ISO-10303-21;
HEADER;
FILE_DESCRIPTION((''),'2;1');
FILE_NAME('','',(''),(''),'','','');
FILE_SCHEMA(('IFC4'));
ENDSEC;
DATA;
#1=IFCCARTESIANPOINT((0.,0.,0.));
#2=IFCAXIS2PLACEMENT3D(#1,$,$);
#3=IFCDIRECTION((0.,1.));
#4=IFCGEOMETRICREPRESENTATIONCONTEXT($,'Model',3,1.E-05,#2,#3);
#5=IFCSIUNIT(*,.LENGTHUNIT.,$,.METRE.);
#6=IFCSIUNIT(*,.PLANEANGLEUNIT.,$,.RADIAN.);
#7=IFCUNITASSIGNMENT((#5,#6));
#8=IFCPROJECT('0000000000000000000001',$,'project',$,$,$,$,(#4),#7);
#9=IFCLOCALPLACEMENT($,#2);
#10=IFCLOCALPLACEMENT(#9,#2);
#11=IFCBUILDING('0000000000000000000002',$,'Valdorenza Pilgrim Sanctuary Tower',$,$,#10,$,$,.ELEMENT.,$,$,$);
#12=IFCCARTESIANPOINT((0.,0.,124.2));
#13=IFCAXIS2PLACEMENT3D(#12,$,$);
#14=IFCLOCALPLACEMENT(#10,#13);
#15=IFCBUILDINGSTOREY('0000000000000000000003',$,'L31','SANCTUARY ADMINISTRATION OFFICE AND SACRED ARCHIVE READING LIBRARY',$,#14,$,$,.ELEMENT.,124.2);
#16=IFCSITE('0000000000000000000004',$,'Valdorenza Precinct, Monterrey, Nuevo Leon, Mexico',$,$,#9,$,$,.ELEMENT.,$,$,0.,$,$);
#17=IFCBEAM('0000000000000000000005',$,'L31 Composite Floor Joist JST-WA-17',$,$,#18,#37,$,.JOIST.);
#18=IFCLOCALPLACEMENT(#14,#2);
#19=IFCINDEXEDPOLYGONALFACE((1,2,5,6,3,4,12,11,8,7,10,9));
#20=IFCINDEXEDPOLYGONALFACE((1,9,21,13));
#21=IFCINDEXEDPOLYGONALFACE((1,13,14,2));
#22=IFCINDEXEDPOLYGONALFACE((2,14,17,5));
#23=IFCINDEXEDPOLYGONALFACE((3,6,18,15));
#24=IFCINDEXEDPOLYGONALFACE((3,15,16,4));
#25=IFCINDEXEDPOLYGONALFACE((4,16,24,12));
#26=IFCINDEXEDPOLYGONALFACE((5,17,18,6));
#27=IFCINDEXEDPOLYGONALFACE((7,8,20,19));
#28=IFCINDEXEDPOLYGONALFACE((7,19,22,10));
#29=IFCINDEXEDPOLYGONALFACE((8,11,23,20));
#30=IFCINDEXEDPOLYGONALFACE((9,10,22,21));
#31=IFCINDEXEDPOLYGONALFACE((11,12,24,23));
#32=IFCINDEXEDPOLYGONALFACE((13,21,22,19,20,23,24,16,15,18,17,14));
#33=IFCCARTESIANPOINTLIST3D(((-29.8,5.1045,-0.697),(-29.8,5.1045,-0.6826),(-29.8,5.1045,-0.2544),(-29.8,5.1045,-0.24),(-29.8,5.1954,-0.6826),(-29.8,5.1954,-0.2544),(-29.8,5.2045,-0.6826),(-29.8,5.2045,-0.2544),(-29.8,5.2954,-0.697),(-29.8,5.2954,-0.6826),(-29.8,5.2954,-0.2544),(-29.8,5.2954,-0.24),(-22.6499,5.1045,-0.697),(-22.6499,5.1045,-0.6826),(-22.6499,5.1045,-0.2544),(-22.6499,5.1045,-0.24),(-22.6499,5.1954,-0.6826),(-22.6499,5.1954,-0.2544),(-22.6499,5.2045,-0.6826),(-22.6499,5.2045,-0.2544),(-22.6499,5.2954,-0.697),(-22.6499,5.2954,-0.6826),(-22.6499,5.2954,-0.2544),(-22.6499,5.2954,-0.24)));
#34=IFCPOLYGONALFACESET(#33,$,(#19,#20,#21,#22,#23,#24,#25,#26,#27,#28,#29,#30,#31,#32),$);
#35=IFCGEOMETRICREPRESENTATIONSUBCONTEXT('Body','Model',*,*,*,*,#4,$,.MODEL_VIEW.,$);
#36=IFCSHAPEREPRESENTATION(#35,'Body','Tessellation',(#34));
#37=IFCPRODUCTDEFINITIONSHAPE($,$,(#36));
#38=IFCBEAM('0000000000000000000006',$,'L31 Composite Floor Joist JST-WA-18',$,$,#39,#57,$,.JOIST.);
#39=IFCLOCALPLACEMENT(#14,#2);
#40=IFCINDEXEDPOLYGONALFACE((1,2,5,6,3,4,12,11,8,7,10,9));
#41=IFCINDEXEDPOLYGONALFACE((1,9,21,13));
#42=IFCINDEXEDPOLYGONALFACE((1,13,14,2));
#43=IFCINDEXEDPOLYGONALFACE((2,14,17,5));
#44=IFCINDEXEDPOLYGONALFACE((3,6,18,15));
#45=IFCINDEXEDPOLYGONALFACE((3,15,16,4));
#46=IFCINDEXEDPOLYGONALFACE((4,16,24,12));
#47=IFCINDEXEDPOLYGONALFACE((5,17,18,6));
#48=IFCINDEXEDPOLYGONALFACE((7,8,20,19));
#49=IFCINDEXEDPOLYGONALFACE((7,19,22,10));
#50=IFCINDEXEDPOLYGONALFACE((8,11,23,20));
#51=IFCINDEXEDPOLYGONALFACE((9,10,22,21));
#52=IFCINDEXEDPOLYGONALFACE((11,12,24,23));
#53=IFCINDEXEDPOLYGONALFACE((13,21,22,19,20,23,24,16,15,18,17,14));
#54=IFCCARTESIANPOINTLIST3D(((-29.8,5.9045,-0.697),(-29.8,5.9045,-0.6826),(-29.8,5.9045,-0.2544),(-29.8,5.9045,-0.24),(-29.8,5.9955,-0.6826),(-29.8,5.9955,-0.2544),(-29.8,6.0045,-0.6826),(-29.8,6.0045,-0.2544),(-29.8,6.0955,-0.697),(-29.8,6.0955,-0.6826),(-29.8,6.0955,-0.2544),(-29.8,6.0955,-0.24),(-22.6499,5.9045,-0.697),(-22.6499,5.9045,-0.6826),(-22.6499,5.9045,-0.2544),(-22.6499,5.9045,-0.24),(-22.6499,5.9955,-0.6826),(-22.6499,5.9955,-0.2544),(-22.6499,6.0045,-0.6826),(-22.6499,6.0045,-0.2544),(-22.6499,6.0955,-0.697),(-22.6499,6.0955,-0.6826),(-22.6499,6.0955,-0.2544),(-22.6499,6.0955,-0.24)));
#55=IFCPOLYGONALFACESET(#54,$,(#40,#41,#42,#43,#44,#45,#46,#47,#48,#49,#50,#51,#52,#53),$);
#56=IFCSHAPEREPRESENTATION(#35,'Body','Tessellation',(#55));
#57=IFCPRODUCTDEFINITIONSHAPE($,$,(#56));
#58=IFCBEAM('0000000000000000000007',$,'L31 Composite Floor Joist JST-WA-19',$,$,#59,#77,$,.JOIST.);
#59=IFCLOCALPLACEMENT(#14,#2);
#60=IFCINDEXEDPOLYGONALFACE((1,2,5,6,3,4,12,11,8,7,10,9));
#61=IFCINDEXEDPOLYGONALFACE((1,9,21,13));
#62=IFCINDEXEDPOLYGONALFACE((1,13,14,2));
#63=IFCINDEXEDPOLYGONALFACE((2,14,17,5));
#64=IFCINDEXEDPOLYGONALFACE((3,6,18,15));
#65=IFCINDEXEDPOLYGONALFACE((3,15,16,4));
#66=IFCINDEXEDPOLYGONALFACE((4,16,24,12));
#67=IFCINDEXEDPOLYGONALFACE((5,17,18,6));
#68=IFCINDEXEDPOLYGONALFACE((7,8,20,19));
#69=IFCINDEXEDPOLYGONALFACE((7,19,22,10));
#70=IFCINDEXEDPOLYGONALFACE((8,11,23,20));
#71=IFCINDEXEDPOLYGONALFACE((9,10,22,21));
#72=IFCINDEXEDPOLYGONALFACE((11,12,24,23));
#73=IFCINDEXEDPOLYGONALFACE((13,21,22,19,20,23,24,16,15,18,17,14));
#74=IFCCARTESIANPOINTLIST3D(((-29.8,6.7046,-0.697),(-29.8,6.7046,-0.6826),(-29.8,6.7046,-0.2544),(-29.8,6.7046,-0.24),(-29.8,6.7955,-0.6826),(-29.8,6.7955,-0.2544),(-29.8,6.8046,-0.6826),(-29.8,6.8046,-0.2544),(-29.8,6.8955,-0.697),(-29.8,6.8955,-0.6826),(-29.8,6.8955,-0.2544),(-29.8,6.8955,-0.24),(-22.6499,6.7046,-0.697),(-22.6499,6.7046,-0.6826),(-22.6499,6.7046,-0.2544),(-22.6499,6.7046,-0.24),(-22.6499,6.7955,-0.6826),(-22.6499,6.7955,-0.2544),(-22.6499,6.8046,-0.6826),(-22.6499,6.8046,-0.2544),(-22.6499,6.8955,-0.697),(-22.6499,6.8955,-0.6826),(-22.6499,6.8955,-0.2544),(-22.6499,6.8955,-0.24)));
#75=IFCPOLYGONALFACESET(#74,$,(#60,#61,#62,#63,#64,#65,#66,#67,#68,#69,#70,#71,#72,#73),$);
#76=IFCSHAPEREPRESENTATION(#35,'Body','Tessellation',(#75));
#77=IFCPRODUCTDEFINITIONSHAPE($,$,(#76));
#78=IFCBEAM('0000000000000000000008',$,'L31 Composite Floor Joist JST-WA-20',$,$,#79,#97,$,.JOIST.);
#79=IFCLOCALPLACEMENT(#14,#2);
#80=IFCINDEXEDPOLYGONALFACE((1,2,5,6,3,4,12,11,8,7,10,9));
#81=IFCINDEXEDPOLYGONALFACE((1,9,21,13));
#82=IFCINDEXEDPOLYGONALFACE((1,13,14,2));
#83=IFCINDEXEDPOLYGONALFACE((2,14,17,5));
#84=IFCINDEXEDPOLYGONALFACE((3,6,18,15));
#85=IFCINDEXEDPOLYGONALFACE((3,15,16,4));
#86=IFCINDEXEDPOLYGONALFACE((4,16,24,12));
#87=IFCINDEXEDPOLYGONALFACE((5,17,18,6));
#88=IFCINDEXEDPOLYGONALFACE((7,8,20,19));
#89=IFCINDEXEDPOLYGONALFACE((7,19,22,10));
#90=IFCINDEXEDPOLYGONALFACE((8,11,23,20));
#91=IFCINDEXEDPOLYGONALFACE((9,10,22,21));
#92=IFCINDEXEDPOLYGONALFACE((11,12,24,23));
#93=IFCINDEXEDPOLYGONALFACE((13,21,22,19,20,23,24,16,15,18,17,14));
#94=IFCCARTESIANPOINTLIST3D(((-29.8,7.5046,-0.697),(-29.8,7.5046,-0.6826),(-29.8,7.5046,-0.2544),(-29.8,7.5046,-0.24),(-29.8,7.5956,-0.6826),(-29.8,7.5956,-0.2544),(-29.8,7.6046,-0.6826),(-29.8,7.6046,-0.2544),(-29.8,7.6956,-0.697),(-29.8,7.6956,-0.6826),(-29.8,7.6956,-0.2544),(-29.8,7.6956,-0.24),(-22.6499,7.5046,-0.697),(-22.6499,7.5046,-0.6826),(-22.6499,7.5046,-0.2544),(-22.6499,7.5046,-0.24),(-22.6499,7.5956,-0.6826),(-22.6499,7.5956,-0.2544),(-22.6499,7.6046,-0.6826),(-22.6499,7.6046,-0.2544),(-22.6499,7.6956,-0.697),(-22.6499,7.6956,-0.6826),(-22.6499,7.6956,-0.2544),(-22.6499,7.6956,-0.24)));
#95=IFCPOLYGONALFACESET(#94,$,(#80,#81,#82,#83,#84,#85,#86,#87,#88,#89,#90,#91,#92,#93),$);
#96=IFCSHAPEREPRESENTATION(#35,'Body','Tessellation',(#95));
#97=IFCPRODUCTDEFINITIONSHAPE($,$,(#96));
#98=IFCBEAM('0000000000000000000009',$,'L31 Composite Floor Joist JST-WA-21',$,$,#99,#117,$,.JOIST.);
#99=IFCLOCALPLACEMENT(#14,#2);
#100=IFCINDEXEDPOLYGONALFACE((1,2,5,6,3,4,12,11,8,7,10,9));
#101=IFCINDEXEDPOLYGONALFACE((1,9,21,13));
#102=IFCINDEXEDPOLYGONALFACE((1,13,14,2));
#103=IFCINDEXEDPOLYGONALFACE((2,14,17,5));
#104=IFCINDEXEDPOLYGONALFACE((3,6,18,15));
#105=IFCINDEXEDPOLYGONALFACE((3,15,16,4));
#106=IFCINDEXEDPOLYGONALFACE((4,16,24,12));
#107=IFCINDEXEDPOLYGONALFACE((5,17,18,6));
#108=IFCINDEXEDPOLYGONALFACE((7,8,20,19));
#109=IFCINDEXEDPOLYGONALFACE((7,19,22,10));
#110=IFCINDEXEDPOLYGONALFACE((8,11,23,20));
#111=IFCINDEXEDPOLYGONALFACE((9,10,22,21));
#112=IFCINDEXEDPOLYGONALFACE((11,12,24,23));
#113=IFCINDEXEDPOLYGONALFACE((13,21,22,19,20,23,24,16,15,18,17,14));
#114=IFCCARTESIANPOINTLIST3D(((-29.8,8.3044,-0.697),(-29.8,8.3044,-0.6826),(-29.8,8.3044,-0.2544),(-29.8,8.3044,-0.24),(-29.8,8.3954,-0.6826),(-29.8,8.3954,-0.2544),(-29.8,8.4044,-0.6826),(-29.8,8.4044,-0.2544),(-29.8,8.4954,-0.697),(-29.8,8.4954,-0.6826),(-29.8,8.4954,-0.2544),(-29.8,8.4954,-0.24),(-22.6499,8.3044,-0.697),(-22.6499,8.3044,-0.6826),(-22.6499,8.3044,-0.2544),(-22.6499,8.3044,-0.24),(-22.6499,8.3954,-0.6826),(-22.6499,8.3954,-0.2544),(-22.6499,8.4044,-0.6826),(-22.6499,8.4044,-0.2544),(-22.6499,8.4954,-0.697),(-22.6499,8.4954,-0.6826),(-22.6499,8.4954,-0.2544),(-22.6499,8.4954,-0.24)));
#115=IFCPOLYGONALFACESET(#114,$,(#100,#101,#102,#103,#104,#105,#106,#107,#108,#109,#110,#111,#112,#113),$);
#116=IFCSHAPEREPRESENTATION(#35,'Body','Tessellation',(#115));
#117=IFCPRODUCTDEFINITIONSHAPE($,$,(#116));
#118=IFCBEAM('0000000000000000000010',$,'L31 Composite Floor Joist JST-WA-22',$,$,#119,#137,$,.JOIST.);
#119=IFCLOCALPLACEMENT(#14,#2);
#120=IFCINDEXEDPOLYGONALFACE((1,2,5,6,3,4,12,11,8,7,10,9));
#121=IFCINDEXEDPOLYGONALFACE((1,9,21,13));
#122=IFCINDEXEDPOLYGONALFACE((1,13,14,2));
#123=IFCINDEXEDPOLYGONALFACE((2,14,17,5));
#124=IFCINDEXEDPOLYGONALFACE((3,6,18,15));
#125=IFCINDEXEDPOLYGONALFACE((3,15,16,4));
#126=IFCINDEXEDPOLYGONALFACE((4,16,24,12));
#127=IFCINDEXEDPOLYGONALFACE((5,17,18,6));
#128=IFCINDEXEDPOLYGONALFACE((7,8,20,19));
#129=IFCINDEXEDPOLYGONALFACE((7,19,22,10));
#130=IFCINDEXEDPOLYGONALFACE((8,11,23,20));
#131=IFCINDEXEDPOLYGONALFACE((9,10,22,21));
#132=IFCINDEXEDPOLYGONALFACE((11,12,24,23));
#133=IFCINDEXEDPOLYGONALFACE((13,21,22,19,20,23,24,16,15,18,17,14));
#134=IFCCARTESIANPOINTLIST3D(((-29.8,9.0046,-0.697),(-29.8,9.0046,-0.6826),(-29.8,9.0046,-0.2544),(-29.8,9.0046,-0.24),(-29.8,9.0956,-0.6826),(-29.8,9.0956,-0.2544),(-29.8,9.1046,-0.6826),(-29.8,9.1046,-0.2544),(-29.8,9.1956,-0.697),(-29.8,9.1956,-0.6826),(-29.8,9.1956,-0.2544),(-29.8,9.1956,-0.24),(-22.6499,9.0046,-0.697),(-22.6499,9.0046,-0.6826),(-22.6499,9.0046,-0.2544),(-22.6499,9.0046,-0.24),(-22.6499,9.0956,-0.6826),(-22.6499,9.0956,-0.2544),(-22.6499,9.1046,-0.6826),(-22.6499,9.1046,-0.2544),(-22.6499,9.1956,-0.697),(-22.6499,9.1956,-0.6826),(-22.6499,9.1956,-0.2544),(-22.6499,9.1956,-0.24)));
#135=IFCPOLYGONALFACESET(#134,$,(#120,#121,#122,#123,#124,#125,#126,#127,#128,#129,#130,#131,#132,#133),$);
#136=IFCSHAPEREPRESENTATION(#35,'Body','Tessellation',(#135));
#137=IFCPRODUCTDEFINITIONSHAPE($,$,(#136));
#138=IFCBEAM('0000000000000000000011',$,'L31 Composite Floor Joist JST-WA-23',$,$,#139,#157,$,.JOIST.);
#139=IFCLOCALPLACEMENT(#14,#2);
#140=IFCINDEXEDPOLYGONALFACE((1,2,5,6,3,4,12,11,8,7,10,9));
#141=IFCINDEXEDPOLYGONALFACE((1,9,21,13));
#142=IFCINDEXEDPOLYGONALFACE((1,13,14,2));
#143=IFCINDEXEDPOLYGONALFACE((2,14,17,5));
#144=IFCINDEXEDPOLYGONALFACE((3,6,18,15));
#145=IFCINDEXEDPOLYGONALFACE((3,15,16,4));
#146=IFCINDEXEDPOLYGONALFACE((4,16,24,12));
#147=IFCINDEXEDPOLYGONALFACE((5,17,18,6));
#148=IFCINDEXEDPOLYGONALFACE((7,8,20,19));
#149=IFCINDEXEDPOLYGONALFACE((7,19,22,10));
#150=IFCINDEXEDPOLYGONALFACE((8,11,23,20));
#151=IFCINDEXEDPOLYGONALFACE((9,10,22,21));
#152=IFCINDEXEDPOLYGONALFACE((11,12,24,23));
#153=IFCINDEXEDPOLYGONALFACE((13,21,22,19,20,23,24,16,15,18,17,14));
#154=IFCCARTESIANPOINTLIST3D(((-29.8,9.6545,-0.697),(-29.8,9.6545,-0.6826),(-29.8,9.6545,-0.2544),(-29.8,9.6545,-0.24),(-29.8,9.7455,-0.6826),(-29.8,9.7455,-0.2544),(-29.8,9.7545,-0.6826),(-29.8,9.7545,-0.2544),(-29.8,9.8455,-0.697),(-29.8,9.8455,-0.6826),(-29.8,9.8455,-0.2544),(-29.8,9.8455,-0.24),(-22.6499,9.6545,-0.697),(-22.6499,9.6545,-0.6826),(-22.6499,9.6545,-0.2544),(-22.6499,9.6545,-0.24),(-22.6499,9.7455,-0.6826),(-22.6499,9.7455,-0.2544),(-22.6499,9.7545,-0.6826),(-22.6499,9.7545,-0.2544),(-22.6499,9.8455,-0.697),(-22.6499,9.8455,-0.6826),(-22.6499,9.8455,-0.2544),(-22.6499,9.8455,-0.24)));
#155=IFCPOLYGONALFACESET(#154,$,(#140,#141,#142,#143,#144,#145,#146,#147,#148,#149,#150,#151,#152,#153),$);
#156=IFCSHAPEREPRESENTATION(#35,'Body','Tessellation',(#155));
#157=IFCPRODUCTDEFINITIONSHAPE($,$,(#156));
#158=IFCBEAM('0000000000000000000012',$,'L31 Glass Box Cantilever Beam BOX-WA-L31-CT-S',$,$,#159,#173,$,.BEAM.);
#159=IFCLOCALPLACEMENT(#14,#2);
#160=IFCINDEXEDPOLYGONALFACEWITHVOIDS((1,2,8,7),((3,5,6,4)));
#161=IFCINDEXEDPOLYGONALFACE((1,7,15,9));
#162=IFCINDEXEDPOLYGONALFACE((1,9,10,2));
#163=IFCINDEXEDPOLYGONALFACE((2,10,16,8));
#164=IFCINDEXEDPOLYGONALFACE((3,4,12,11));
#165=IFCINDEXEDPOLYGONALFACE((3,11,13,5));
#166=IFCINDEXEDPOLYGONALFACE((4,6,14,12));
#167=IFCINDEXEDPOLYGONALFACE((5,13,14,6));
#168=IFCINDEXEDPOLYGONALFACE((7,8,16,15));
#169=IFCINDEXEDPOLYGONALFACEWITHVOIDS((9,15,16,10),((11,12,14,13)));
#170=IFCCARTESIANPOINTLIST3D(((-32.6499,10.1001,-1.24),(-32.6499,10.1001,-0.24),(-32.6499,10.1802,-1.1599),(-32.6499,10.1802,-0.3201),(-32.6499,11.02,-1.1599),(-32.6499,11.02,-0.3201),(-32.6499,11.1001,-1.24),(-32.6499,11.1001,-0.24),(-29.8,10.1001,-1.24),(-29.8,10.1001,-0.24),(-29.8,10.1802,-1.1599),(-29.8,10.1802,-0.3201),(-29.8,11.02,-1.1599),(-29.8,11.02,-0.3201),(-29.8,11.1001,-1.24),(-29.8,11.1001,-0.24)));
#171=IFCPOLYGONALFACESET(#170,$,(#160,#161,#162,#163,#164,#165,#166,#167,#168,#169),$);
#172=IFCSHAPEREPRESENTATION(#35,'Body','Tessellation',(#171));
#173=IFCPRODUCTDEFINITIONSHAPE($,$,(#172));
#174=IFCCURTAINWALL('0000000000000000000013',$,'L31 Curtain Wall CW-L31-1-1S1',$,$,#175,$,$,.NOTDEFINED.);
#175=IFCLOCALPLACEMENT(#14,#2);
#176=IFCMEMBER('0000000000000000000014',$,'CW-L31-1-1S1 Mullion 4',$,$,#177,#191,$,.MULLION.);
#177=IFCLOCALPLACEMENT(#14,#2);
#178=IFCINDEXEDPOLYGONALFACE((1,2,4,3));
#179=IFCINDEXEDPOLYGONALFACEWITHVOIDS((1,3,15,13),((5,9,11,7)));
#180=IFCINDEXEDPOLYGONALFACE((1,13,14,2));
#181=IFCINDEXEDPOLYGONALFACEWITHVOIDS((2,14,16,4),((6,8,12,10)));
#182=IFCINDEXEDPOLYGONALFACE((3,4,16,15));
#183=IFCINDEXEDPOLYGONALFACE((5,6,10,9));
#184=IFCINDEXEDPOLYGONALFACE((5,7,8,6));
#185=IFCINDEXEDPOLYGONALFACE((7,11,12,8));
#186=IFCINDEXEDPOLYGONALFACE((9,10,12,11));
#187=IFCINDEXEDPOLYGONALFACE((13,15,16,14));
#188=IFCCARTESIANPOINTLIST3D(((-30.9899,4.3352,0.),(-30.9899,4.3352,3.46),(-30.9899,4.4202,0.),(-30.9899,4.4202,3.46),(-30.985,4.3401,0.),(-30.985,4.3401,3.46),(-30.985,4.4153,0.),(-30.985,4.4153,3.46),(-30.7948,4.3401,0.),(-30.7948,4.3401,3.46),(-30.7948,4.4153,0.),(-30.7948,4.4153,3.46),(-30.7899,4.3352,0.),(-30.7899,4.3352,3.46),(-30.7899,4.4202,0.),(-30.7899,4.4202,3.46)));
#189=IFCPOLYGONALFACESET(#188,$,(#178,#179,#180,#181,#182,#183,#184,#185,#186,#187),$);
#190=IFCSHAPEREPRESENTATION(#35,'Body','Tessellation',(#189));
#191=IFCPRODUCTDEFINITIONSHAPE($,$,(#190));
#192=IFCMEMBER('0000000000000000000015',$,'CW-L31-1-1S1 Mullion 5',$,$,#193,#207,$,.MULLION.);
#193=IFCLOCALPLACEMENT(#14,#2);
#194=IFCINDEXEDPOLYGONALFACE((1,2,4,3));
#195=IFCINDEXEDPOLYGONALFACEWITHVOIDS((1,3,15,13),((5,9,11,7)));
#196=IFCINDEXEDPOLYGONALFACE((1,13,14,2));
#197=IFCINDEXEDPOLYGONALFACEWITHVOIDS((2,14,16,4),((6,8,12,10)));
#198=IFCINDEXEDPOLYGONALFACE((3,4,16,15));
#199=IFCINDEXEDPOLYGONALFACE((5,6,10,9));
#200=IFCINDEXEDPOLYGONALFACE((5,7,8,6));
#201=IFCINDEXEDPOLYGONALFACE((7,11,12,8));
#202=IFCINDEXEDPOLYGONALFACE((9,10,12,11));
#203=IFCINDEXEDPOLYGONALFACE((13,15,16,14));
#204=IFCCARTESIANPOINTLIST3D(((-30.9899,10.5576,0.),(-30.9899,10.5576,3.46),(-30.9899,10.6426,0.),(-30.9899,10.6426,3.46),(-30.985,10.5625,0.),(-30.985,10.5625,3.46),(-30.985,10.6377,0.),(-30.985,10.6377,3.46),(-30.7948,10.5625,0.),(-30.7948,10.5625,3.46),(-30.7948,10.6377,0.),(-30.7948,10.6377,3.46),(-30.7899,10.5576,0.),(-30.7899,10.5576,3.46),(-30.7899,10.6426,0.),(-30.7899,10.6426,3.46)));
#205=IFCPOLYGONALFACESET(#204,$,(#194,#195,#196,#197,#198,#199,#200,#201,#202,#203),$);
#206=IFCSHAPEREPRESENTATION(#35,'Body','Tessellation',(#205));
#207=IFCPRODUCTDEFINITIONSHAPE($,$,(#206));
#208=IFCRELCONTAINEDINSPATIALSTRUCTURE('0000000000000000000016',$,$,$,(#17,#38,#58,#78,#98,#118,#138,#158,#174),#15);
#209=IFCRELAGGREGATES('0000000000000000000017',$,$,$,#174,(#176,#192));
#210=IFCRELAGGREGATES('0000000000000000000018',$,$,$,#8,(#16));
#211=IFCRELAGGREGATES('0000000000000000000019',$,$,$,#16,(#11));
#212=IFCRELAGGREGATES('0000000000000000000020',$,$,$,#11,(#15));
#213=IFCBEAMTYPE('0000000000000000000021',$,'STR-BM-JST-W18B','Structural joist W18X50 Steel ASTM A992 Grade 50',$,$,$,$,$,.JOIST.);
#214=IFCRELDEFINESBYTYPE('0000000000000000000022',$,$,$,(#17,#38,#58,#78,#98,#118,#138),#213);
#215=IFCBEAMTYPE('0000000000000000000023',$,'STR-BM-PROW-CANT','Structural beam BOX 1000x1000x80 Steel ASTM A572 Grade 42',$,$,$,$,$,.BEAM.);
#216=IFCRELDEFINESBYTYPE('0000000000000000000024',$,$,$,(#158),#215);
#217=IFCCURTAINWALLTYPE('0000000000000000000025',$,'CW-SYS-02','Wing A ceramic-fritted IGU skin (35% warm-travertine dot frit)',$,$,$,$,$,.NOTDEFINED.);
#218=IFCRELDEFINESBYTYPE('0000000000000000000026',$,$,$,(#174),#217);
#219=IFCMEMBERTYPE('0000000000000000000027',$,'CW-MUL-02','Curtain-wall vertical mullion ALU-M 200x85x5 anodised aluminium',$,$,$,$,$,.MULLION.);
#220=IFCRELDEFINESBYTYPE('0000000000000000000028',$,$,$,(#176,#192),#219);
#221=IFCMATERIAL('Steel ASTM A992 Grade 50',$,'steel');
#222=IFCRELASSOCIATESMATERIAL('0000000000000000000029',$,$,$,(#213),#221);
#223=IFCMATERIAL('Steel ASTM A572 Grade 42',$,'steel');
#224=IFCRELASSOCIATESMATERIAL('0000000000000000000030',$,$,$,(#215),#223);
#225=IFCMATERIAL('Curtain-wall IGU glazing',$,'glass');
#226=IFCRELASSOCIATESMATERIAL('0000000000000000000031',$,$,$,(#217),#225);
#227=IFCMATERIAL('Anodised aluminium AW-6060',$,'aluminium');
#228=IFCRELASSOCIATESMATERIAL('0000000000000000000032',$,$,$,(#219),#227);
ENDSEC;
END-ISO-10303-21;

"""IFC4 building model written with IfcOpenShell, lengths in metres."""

from ifc_helpers import new_model, si_unit, direction, frame, origin, origin_2d, place, context, subcontext, project, spatial, hollow_rectangle, i_section, extrude, source, transform, mapped, material, material_profile, profile_set, type_object, element, aggregate, save


model = new_model("IFC4")

# Units and contexts
model_context = context("Model", 3, precision=1e-05, world=origin(), true_north=direction((0.0, 1.0)))
body_context = subcontext(model_context, "Body", "Model", "MODEL_VIEW")
ifc_project = project(units=[si_unit("LENGTHUNIT", "METRE"), si_unit("PLANEANGLEUNIT", "RADIAN")], contexts=[model_context])

# Site, building, storey
site_placement = place(None, origin())
site = spatial("IfcSite", under=ifc_project, at=site_placement, Name="Valdorenza Precinct, Monterrey, Nuevo Leon, Mexico", CompositionType="ELEMENT", RefElevation=0.0)
building_placement = place(site_placement, origin())
building = spatial("IfcBuilding", under=site, at=building_placement, Name="Valdorenza Pilgrim Sanctuary Tower", CompositionType="ELEMENT")
storey_placement = place(building_placement, frame((0.0, 0.0, 124.2)))
storey = spatial("IfcBuildingStorey", under=building, at=storey_placement, Name="L31", Description="SANCTUARY ADMINISTRATION OFFICE AND SACRED ARCHIVE READING LIBRARY", CompositionType="ELEMENT", Elevation=124.2)

# Beams
ifc_material_1 = material(Name="Steel ASTM A992 Grade 50", Category="steel")
ifc_material_profile_1 = material_profile(ifc_material_1, i_section(OverallWidth=0.1909, OverallDepth=0.457, WebThickness=0.009, FlangeThickness=0.0144, at=origin_2d()), Name="W18X50")
ifc_profile_set_1 = profile_set([ifc_material_profile_1], Name="Steel ASTM A992 Grade 50")
beam_type_1 = type_object("IfcBeamType", Name="STR-BM-JST-W18B", Description="Structural joist W18X50 Steel ASTM A992 Grade 50", PredefinedType="JOIST", material=ifc_profile_set_1)
shared_shape_1 = source(origin(), body_context, "Body", "SweptSolid", [
    extrude(i_section(OverallWidth=0.1909, OverallDepth=0.457, WebThickness=0.009, FlangeThickness=0.0144, at=origin_2d()), origin(), (0.0, 0.0, 1.0), 7.1501),
])
for number, where, z_axis, x_axis, name in (
    (1, (-29.8, 5.2, -0.4685), (1.0, 0.0, 0.0), (0.0, 1.0, 0.0), "L31 Composite Floor Joist JST-WA-17"),
    (2, (-29.8, 6.0, -0.4685), (1.0, 0.0, 0.0), (0.0, 1.0, 0.0), "L31 Composite Floor Joist JST-WA-18"),
    (3, (-29.8, 6.8, -0.4685), (1.0, 0.0, 0.0), (0.0, 1.0, 0.0), "L31 Composite Floor Joist JST-WA-19"),
    (4, (-29.8, 7.6001, -0.4685), (1.0, 0.0, 0.0), (0.0, 1.0, 0.0), "L31 Composite Floor Joist JST-WA-20"),
    (5, (-29.8, 8.3999, -0.4685), (1.0, 0.0, 0.0), (0.0, 1.0, 0.0), "L31 Composite Floor Joist JST-WA-21"),
    (6, (-29.8, 9.1001, -0.4685), (1.0, 0.0, 0.0), (0.0, 1.0, 0.0), "L31 Composite Floor Joist JST-WA-22"),
    (7, (-29.8, 9.75, -0.4685), (1.0, 0.0, 0.0), (0.0, 1.0, 0.0), "L31 Composite Floor Joist JST-WA-23"),
):
    element("IfcBeam", number, at=place(storey_placement, frame(where, z_axis=z_axis, x_axis=x_axis)), inside=storey, type_object=beam_type_1, Name=name, PredefinedType="JOIST", context=body_context, shape_type="MappedRepresentation", body=[
        mapped(shared_shape_1, transform((0.0, 0.0, 0.0), x_axis=(1.0, 0.0, 0.0), y_axis=(0.0, 1.0, 0.0), z_axis=(0.0, 0.0, 1.0), scale=1.0)),
    ])
ifc_material_2 = material(Name="Steel ASTM A572 Grade 42", Category="steel")
ifc_material_profile_2 = material_profile(ifc_material_2, hollow_rectangle(XDim=1.0, YDim=1.0, WallThickness=0.0801, at=origin_2d()), Name="BOX 1000x1000x80")
ifc_profile_set_2 = profile_set([ifc_material_profile_2], Name="Steel ASTM A572 Grade 42")
beam_type_2 = type_object("IfcBeamType", Name="STR-BM-PROW-CANT", Description="Structural beam BOX 1000x1000x80 Steel ASTM A572 Grade 42", PredefinedType="BEAM", material=ifc_profile_set_2)
shared_shape_2 = source(origin(), body_context, "Body", "SweptSolid", [
    extrude(hollow_rectangle(XDim=1.0, YDim=1.0, WallThickness=0.0801, at=origin_2d()), origin(), (0.0, 0.0, 1.0), 2.8499),
])
beam_1_placement = place(storey_placement, frame((-29.8, 10.6001, -0.74), z_axis=(-1.0, 0.0, 0.0), x_axis=(0.0, -1.0, 0.0)))
element("IfcBeam", 8, at=beam_1_placement, inside=storey, type_object=beam_type_2, Name="L31 Glass Box Cantilever Beam BOX-WA-L31-CT-S", PredefinedType="BEAM", context=body_context, shape_type="MappedRepresentation", body=[
    mapped(shared_shape_2, transform((0.0, 0.0, 0.0), x_axis=(1.0, 0.0, 0.0), y_axis=(0.0, 1.0, 0.0), z_axis=(0.0, 0.0, 1.0), scale=1.0)),
])

# Curtain wall, members
ifc_material_3 = material(Name="Curtain-wall IGU glazing", Category="glass")
curtain_wall_type = type_object("IfcCurtainWallType", Name="CW-SYS-02", Description="Wing A ceramic-fritted IGU skin (35% warm-travertine dot frit)", PredefinedType="NOTDEFINED", material=ifc_material_3)
curtain_wall_1_placement = place(storey_placement, origin())
curtain_wall_1 = element("IfcCurtainWall", 9, at=curtain_wall_1_placement, inside=storey, type_object=curtain_wall_type, Name="L31 Curtain Wall CW-L31-1-1S1", PredefinedType="NOTDEFINED")
ifc_material_4 = material(Name="Anodised aluminium AW-6060", Category="aluminium")
ifc_material_profile_3 = material_profile(ifc_material_4, hollow_rectangle(XDim=0.085, YDim=0.2, WallThickness=0.0049, at=origin_2d()), Name="ALU-M 200x85x5")
ifc_profile_set_3 = profile_set([ifc_material_profile_3], Name="Anodised aluminium AW-6060")
member_type_1 = type_object("IfcMemberType", Name="CW-MUL-02", Description="Curtain-wall vertical mullion ALU-M 200x85x5 anodised aluminium", PredefinedType="MULLION", material=ifc_profile_set_3)
shared_shape_3 = source(origin(), body_context, "Body", "SweptSolid", [
    extrude(hollow_rectangle(XDim=0.085, YDim=0.2, WallThickness=0.0049, at=origin_2d()), origin(), (0.0, 0.0, 1.0), 3.46),
])
member_1_placement = place(storey_placement, frame((-30.8899, 4.3777, 0.0), z_axis=(0.0, 0.0, 1.0), x_axis=(0.0, 1.0, 0.0)))
member_1 = element("IfcMember", 10, at=member_1_placement, type_object=member_type_1, Name="CW-L31-1-1S1 Mullion 4", PredefinedType="MULLION", context=body_context, shape_type="MappedRepresentation", body=[
    mapped(shared_shape_3, transform((0.0, 0.0, 0.0), x_axis=(1.0, 0.0, 0.0), y_axis=(0.0, 1.0, 0.0), z_axis=(0.0, 0.0, 1.0), scale=1.0)),
])
member_2_placement = place(storey_placement, frame((-30.8899, 10.6001, 0.0), z_axis=(0.0, 0.0, 1.0), x_axis=(0.0, 1.0, 0.0)))
member_2 = element("IfcMember", 11, at=member_2_placement, type_object=member_type_1, Name="CW-L31-1-1S1 Mullion 5", PredefinedType="MULLION", context=body_context, shape_type="MappedRepresentation", body=[
    mapped(shared_shape_3, transform((0.0, 0.0, 0.0), x_axis=(1.0, 0.0, 0.0), y_axis=(0.0, 1.0, 0.0), z_axis=(0.0, 0.0, 1.0), scale=1.0)),
])

aggregate(curtain_wall_1, [member_1, member_2])

save(model, "model.ifc")
